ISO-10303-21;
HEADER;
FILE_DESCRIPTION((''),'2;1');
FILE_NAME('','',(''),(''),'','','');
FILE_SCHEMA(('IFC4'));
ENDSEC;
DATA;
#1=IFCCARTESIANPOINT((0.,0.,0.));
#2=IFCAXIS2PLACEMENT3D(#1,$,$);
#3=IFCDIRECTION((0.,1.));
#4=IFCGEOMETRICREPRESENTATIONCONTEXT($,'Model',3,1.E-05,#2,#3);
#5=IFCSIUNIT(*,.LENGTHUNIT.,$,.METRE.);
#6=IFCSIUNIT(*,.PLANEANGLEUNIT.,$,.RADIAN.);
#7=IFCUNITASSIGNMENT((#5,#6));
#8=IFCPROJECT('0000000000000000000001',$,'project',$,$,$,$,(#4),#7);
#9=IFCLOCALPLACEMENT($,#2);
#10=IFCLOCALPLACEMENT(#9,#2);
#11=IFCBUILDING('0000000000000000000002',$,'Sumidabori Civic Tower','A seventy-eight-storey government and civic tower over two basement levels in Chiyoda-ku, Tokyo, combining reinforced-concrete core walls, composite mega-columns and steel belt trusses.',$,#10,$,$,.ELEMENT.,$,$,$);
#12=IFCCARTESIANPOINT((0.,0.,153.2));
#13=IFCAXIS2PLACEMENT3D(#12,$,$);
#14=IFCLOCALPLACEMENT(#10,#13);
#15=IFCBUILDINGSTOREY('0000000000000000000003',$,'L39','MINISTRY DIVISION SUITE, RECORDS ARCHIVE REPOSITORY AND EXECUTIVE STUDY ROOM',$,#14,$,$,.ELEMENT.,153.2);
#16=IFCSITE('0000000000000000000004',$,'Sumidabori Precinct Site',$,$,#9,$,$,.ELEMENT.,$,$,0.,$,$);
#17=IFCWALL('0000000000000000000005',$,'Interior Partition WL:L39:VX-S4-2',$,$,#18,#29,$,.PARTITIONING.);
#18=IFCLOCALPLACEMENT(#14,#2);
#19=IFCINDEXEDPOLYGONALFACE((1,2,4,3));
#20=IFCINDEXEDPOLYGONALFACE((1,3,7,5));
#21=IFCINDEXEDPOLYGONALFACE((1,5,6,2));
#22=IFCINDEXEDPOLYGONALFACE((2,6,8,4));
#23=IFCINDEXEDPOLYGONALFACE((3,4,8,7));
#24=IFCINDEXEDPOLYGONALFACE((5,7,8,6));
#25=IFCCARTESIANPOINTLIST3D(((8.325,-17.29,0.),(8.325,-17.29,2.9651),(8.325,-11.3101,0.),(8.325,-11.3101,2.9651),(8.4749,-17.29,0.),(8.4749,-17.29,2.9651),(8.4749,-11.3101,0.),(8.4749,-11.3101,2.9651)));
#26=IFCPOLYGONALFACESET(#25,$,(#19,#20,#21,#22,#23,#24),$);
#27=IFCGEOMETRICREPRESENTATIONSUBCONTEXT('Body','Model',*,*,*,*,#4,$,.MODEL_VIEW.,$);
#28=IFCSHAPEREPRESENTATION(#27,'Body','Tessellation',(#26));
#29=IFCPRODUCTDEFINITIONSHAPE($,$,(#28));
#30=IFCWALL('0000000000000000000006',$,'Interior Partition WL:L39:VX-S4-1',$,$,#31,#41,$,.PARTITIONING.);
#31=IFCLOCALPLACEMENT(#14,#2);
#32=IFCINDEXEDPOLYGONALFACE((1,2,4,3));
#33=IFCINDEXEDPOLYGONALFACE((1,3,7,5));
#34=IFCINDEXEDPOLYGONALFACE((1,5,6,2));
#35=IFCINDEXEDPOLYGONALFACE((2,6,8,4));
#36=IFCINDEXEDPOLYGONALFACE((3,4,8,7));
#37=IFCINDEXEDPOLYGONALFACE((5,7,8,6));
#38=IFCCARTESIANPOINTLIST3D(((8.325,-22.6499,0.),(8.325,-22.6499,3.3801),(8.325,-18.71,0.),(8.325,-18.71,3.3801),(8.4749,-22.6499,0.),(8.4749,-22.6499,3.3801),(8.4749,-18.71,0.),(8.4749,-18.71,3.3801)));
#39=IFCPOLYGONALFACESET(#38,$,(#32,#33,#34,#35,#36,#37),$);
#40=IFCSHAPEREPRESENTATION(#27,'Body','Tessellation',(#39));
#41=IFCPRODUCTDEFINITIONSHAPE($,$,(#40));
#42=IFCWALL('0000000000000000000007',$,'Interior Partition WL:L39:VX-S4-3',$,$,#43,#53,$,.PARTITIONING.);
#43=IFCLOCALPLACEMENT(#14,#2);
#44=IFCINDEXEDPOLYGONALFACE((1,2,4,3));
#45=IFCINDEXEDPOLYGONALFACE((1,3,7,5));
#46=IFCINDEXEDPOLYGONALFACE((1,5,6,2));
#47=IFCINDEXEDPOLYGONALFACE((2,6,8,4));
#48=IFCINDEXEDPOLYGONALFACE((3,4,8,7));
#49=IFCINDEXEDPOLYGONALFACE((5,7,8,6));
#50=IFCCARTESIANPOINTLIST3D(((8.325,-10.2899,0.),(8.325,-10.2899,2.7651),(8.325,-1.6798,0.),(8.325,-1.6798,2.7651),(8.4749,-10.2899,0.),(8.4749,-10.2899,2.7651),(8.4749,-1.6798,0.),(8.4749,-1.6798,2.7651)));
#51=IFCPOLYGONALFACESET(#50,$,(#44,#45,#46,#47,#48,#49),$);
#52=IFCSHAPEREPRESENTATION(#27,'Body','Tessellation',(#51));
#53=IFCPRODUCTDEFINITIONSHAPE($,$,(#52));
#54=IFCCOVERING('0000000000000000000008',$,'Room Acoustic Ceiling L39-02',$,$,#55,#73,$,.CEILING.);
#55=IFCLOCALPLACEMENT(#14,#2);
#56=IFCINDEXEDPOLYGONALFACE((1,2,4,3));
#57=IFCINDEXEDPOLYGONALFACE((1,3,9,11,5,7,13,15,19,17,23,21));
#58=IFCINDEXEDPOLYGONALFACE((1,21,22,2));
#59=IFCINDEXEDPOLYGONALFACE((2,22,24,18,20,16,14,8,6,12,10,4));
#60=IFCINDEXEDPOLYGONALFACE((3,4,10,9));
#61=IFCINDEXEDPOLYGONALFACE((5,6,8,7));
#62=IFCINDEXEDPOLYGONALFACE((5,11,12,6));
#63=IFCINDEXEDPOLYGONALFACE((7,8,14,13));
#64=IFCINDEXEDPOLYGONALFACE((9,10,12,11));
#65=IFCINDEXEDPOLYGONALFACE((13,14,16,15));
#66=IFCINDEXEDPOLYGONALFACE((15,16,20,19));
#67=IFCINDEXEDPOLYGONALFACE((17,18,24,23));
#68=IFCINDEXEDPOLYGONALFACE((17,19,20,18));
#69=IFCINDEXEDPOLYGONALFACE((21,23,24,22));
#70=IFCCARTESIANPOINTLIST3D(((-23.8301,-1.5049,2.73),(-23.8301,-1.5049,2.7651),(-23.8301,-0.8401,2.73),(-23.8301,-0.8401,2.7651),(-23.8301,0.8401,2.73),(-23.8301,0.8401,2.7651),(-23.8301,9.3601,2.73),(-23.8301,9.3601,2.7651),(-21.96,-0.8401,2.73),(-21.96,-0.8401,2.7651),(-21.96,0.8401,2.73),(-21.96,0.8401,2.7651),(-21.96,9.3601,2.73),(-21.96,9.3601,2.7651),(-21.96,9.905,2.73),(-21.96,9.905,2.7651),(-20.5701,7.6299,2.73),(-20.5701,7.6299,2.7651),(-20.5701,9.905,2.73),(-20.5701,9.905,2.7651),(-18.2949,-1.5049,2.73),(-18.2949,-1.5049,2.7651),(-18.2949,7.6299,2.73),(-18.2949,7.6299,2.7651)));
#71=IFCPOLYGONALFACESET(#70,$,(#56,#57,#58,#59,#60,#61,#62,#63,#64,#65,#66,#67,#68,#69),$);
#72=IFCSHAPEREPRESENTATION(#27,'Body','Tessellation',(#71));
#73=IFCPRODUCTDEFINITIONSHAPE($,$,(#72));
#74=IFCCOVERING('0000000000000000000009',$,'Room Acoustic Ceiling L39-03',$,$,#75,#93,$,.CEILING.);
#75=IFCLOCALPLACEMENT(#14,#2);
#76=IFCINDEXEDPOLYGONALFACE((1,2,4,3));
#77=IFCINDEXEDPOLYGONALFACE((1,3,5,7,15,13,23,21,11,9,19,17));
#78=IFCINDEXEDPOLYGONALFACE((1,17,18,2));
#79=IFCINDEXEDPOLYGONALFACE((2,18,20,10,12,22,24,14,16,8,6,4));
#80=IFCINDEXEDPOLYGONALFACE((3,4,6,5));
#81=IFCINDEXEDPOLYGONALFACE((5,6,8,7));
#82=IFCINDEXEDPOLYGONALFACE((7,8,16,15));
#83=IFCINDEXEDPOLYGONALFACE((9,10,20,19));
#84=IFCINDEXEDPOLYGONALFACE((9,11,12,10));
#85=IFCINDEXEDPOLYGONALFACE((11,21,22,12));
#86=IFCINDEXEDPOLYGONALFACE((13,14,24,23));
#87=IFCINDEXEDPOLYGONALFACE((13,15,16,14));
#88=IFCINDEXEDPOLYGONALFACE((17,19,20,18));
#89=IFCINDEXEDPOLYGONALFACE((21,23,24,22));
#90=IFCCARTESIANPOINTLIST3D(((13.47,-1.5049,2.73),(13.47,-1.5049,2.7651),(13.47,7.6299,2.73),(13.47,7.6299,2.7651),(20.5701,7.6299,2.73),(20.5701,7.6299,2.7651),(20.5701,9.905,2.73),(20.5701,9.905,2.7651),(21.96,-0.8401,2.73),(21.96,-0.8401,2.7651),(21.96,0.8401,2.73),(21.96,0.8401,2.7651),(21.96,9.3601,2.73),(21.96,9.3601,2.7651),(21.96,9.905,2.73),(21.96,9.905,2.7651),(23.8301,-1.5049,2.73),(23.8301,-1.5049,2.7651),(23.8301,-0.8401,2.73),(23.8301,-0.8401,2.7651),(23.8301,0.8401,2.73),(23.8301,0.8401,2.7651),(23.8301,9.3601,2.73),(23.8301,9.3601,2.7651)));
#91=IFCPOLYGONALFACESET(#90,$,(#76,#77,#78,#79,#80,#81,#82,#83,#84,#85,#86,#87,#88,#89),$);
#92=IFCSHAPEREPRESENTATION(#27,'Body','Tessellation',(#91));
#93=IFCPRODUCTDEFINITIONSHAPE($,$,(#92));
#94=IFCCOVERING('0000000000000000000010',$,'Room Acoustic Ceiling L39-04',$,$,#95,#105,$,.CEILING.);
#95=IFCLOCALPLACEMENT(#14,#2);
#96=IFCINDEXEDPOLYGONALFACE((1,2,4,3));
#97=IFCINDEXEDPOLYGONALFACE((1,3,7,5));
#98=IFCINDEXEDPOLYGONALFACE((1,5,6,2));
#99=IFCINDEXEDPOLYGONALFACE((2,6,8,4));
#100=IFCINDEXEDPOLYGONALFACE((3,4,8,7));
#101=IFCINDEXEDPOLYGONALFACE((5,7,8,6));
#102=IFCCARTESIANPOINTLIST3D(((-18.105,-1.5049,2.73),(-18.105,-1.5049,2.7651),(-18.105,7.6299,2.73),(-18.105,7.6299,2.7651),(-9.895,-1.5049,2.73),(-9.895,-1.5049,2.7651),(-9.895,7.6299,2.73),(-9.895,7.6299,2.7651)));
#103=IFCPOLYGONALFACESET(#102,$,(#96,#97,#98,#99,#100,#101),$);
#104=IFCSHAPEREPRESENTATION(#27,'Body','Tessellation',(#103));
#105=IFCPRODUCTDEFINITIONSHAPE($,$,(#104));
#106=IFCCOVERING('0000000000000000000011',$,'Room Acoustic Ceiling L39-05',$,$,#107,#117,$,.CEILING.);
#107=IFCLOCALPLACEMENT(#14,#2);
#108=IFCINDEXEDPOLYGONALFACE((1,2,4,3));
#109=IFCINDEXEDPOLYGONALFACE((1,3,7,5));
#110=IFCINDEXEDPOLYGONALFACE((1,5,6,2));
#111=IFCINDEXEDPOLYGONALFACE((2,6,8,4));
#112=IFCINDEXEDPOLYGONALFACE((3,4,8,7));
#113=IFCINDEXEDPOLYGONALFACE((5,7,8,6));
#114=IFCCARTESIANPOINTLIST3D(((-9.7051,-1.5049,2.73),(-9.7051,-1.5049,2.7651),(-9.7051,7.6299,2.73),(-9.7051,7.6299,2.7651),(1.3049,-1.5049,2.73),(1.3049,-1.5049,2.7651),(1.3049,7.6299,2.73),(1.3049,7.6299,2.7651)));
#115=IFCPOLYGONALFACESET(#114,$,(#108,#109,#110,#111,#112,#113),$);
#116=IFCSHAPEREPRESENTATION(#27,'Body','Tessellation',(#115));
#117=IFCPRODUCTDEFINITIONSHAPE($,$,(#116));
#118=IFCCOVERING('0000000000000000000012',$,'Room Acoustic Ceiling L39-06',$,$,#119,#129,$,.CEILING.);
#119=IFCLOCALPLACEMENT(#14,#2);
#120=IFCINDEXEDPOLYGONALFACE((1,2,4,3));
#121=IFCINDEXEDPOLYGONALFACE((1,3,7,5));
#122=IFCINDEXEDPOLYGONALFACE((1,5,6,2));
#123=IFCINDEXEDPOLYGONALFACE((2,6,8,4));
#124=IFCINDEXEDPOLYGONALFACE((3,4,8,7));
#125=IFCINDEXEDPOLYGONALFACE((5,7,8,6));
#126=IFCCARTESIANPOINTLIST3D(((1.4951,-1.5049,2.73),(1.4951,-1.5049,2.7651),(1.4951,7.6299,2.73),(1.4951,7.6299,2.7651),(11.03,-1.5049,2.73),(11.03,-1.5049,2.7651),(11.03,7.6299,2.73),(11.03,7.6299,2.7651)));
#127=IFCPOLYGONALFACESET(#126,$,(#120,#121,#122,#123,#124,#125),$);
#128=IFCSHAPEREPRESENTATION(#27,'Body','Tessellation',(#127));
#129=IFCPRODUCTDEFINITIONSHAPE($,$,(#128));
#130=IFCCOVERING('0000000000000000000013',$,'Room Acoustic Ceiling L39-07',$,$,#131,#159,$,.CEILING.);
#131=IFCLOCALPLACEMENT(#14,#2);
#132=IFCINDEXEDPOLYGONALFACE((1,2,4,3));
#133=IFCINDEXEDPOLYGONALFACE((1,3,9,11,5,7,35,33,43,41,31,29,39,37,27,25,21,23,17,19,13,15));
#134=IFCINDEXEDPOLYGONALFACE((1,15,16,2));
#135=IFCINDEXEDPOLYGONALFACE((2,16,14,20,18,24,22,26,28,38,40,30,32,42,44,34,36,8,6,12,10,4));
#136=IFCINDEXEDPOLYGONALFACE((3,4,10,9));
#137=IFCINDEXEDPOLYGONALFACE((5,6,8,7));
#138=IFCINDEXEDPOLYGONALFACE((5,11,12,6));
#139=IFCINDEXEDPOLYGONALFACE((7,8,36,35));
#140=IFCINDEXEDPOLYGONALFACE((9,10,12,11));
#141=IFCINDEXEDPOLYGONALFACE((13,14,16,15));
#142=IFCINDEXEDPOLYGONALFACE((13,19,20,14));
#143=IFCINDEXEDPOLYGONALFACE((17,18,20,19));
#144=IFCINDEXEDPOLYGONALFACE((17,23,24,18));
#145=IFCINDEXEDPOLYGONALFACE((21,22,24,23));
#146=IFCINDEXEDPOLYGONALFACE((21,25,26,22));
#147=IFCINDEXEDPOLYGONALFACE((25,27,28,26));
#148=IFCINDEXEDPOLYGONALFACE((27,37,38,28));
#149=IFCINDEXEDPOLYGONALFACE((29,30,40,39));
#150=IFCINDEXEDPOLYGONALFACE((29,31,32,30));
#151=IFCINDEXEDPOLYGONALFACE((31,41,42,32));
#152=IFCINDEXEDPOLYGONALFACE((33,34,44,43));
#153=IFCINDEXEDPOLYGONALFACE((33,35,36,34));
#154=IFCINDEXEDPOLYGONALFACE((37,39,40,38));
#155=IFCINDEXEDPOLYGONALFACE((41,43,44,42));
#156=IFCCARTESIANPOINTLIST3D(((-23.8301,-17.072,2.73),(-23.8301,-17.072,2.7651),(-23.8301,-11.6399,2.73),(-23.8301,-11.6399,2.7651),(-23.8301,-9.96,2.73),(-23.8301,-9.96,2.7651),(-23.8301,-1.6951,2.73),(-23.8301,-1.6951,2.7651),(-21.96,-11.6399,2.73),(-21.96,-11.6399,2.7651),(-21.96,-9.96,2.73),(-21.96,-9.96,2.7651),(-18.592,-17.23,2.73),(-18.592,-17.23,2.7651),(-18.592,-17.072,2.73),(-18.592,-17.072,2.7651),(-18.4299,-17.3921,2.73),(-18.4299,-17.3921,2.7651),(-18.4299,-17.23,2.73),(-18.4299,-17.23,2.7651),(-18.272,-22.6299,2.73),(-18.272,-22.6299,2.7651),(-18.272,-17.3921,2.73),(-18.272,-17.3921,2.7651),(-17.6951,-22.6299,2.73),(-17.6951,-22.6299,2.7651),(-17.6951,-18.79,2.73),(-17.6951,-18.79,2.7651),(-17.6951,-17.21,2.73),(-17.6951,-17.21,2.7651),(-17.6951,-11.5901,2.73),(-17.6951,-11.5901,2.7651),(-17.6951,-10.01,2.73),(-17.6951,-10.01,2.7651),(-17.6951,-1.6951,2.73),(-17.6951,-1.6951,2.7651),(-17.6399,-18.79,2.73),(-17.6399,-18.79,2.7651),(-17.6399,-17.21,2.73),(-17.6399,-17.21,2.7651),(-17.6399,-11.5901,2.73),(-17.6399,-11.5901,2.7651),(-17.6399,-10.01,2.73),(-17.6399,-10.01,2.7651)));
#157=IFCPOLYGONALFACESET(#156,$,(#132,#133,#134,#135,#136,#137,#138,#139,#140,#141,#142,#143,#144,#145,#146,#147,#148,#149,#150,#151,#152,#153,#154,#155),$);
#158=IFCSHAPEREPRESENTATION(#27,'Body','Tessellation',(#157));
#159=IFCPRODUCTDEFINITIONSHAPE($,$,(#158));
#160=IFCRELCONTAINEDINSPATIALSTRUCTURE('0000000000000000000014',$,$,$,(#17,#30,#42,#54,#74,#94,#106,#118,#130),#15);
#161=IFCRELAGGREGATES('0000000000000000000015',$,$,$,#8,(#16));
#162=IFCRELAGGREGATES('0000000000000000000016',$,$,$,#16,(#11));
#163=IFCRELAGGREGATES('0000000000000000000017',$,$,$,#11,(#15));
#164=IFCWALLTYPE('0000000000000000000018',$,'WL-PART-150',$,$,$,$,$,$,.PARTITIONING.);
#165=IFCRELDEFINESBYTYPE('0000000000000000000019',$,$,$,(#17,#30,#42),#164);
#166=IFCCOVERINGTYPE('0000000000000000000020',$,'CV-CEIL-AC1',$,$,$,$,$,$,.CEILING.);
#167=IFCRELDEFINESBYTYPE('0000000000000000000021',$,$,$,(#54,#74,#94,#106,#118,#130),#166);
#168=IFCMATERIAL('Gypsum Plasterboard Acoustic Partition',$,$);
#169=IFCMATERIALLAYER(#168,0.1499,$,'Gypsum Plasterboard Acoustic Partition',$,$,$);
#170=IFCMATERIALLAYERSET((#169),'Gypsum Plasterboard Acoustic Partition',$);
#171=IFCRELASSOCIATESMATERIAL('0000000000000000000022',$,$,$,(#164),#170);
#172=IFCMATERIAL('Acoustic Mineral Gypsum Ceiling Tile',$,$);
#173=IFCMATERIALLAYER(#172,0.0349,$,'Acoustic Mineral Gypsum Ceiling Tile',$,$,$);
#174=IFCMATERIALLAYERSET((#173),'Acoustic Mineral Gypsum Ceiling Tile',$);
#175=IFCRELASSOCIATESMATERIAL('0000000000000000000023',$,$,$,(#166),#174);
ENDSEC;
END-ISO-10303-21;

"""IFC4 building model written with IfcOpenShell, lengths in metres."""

from ifc_helpers import new_model, si_unit, direction, frame, frame_2d, origin, place, context, subcontext, project, spatial, polyline, rectangle, outline, extrude, source, transform, mapped, material, layer, layer_set, type_object, element, save


model = new_model("IFC4")

# Units and contexts
model_context = context("Model", 3, precision=1e-05, world=origin(), true_north=direction((0.0, 1.0)))
body_context = subcontext(model_context, "Body", "Model", "MODEL_VIEW")
ifc_project = project(units=[si_unit("LENGTHUNIT", "METRE"), si_unit("PLANEANGLEUNIT", "RADIAN")], contexts=[model_context])

# Site, building, storey
site_placement = place(None, origin())
site = spatial("IfcSite", under=ifc_project, at=site_placement, Name="Sumidabori Precinct Site", CompositionType="ELEMENT", RefElevation=0.0)
building_placement = place(site_placement, origin())
building = spatial("IfcBuilding", under=site, at=building_placement, Name="Sumidabori Civic Tower", Description="A seventy-eight-storey government and civic tower over two basement levels in Chiyoda-ku, Tokyo, combining reinforced-concrete core walls, composite mega-columns and steel belt trusses.", CompositionType="ELEMENT")
storey_placement = place(building_placement, frame((0.0, 0.0, 153.2)))
storey = spatial("IfcBuildingStorey", under=building, at=storey_placement, Name="L39", Description="MINISTRY DIVISION SUITE, RECORDS ARCHIVE REPOSITORY AND EXECUTIVE STUDY ROOM", CompositionType="ELEMENT", Elevation=153.2)

# Walls
ifc_material_1 = material(Name="Gypsum Plasterboard Acoustic Partition")
ifc_layer_1 = layer(ifc_material_1, 0.1499, Name="Gypsum Plasterboard Acoustic Partition")
ifc_layer_set_1 = layer_set([ifc_layer_1], Name="Gypsum Plasterboard Acoustic Partition")
wall_type = type_object("IfcWallType", Name="WL-PART-150", PredefinedType="PARTITIONING", material=ifc_layer_set_1)
shared_shape_1 = source(origin(), body_context, "Body", "SweptSolid", [
    extrude(rectangle(XDim=5.98, YDim=0.1499, at=frame_2d((2.99, 0.0))), origin(), (0.0, 0.0, 1.0), 2.9651),
])
wall_1_placement = place(storey_placement, frame((8.3999, -17.29, 0.0), z_axis=(0.0, 0.0, 1.0), x_axis=(0.0, 1.0, 0.0)))
element("IfcWall", 1, at=wall_1_placement, inside=storey, type_object=wall_type, Name="Interior Partition WL:L39:VX-S4-2", PredefinedType="PARTITIONING", context=body_context, shape_type="MappedRepresentation", body=[
    mapped(shared_shape_1, transform((0.0, 0.0, 0.0), x_axis=(1.0, 0.0, 0.0), y_axis=(0.0, 1.0, 0.0), z_axis=(0.0, 0.0, 1.0), scale=1.0)),
])
shared_shape_2 = source(origin(), body_context, "Body", "SweptSolid", [
    extrude(rectangle(XDim=3.9399, YDim=0.1499, at=frame_2d((1.97, 0.0))), origin(), (0.0, 0.0, 1.0), 3.3801),
])
wall_2_placement = place(storey_placement, frame((8.3999, -22.6499, 0.0), z_axis=(0.0, 0.0, 1.0), x_axis=(0.0, 1.0, 0.0)))
element("IfcWall", 2, at=wall_2_placement, inside=storey, type_object=wall_type, Name="Interior Partition WL:L39:VX-S4-1", PredefinedType="PARTITIONING", context=body_context, shape_type="MappedRepresentation", body=[
    mapped(shared_shape_2, transform((0.0, 0.0, 0.0), x_axis=(1.0, 0.0, 0.0), y_axis=(0.0, 1.0, 0.0), z_axis=(0.0, 0.0, 1.0), scale=1.0)),
])
shared_shape_3 = source(origin(), body_context, "Body", "SweptSolid", [
    extrude(rectangle(XDim=8.6101, YDim=0.1499, at=frame_2d((4.3052, 0.0))), origin(), (0.0, 0.0, 1.0), 2.7651),
])
wall_3_placement = place(storey_placement, frame((8.3999, -10.29, 0.0), z_axis=(0.0, 0.0, 1.0), x_axis=(0.0, 1.0, 0.0)))
element("IfcWall", 3, at=wall_3_placement, inside=storey, type_object=wall_type, Name="Interior Partition WL:L39:VX-S4-3", PredefinedType="PARTITIONING", context=body_context, shape_type="MappedRepresentation", body=[
    mapped(shared_shape_3, transform((0.0, 0.0, 0.0), x_axis=(1.0, 0.0, 0.0), y_axis=(0.0, 1.0, 0.0), z_axis=(0.0, 0.0, 1.0), scale=1.0)),
])

# Coverings
ifc_material_2 = material(Name="Acoustic Mineral Gypsum Ceiling Tile")
ifc_layer_2 = layer(ifc_material_2, 0.0349, Name="Acoustic Mineral Gypsum Ceiling Tile")
ifc_layer_set_2 = layer_set([ifc_layer_2], Name="Acoustic Mineral Gypsum Ceiling Tile")
covering_type_1 = type_object("IfcCoveringType", Name="CV-CEIL-AC1", PredefinedType="CEILING", material=ifc_layer_set_2)
covering_1_placement = place(storey_placement, frame((0.0, 0.0, 2.73)))
element("IfcCovering", 4, at=covering_1_placement, inside=storey, type_object=covering_type_1, Name="Room Acoustic Ceiling L39-02", PredefinedType="CEILING", context=body_context, shape_type="SweptSolid", body=[
    extrude(outline(polyline([(-21.96, 9.3601), (-21.96, 9.905), (-20.5701, 9.905), (-20.5701, 7.6299), (-18.2949, 7.6299), (-18.2949, -1.5049), (-23.8301, -1.5049), (-23.8301, -0.8401), (-21.96, -0.8401), (-21.96, 0.8401), (-23.8301, 0.8401), (-23.8301, 9.3601), (-21.96, 9.3601)])), origin(), (0.0, 0.0, 1.0), 0.0352),
])
covering_2_placement = place(storey_placement, frame((0.0, 0.0, 2.73)))
element("IfcCovering", 5, at=covering_2_placement, inside=storey, type_object=covering_type_1, Name="Room Acoustic Ceiling L39-03", PredefinedType="CEILING", context=body_context, shape_type="SweptSolid", body=[
    extrude(outline(polyline([(13.47, 7.6299), (20.5701, 7.6299), (20.5701, 9.905), (21.96, 9.905), (21.96, 9.3601), (23.8301, 9.3601), (23.8301, 0.8401), (21.96, 0.8401), (21.96, -0.8401), (23.8301, -0.8401), (23.8301, -1.5049), (13.47, -1.5049), (13.47, 7.6299)])), origin(), (0.0, 0.0, 1.0), 0.0352),
])
covering_3_placement = place(storey_placement, frame((0.0, 0.0, 2.73)))
element("IfcCovering", 6, at=covering_3_placement, inside=storey, type_object=covering_type_1, Name="Room Acoustic Ceiling L39-04", PredefinedType="CEILING", context=body_context, shape_type="SweptSolid", body=[
    extrude(outline(polyline([(-18.105, 7.6299), (-9.895, 7.6299), (-9.895, -1.5049), (-18.105, -1.5049), (-18.105, 7.6299)])), origin(), (0.0, 0.0, 1.0), 0.0352),
])
covering_4_placement = place(storey_placement, frame((0.0, 0.0, 2.73)))
element("IfcCovering", 7, at=covering_4_placement, inside=storey, type_object=covering_type_1, Name="Room Acoustic Ceiling L39-05", PredefinedType="CEILING", context=body_context, shape_type="SweptSolid", body=[
    extrude(outline(polyline([(-9.7051, 7.6299), (1.3049, 7.6299), (1.3049, -1.5049), (-9.7051, -1.5049), (-9.7051, 7.6299)])), origin(), (0.0, 0.0, 1.0), 0.0352),
])
covering_5_placement = place(storey_placement, frame((0.0, 0.0, 2.73)))
element("IfcCovering", 8, at=covering_5_placement, inside=storey, type_object=covering_type_1, Name="Room Acoustic Ceiling L39-06", PredefinedType="CEILING", context=body_context, shape_type="SweptSolid", body=[
    extrude(outline(polyline([(1.4951, 7.6299), (11.03, 7.6299), (11.03, -1.5049), (1.4951, -1.5049), (1.4951, 7.6299)])), origin(), (0.0, 0.0, 1.0), 0.0352),
])
covering_6_placement = place(storey_placement, frame((0.0, 0.0, 2.73)))
element("IfcCovering", 9, at=covering_6_placement, inside=storey, type_object=covering_type_1, Name="Room Acoustic Ceiling L39-07", PredefinedType="CEILING", context=body_context, shape_type="SweptSolid", body=[
    extrude(outline(polyline([(-21.96, -11.6399), (-21.96, -9.96), (-23.8301, -9.96), (-23.8301, -1.6951), (-17.6951, -1.6951), (-17.6951, -10.01), (-17.6399, -10.01), (-17.6399, -11.5901), (-17.6951, -11.5901), (-17.6951, -17.21), (-17.6399, -17.21), (-17.6399, -18.79), (-17.6951, -18.79), (-17.6951, -22.6299), (-18.272, -22.6299), (-18.272, -17.3921), (-18.4299, -17.3921), (-18.4299, -17.23), (-18.592, -17.23), (-18.592, -17.072), (-23.8301, -17.072), (-23.8301, -11.6399), (-21.96, -11.6399)])), origin(), (0.0, 0.0, 1.0), 0.0352),
])

save(model, "model.ifc")
